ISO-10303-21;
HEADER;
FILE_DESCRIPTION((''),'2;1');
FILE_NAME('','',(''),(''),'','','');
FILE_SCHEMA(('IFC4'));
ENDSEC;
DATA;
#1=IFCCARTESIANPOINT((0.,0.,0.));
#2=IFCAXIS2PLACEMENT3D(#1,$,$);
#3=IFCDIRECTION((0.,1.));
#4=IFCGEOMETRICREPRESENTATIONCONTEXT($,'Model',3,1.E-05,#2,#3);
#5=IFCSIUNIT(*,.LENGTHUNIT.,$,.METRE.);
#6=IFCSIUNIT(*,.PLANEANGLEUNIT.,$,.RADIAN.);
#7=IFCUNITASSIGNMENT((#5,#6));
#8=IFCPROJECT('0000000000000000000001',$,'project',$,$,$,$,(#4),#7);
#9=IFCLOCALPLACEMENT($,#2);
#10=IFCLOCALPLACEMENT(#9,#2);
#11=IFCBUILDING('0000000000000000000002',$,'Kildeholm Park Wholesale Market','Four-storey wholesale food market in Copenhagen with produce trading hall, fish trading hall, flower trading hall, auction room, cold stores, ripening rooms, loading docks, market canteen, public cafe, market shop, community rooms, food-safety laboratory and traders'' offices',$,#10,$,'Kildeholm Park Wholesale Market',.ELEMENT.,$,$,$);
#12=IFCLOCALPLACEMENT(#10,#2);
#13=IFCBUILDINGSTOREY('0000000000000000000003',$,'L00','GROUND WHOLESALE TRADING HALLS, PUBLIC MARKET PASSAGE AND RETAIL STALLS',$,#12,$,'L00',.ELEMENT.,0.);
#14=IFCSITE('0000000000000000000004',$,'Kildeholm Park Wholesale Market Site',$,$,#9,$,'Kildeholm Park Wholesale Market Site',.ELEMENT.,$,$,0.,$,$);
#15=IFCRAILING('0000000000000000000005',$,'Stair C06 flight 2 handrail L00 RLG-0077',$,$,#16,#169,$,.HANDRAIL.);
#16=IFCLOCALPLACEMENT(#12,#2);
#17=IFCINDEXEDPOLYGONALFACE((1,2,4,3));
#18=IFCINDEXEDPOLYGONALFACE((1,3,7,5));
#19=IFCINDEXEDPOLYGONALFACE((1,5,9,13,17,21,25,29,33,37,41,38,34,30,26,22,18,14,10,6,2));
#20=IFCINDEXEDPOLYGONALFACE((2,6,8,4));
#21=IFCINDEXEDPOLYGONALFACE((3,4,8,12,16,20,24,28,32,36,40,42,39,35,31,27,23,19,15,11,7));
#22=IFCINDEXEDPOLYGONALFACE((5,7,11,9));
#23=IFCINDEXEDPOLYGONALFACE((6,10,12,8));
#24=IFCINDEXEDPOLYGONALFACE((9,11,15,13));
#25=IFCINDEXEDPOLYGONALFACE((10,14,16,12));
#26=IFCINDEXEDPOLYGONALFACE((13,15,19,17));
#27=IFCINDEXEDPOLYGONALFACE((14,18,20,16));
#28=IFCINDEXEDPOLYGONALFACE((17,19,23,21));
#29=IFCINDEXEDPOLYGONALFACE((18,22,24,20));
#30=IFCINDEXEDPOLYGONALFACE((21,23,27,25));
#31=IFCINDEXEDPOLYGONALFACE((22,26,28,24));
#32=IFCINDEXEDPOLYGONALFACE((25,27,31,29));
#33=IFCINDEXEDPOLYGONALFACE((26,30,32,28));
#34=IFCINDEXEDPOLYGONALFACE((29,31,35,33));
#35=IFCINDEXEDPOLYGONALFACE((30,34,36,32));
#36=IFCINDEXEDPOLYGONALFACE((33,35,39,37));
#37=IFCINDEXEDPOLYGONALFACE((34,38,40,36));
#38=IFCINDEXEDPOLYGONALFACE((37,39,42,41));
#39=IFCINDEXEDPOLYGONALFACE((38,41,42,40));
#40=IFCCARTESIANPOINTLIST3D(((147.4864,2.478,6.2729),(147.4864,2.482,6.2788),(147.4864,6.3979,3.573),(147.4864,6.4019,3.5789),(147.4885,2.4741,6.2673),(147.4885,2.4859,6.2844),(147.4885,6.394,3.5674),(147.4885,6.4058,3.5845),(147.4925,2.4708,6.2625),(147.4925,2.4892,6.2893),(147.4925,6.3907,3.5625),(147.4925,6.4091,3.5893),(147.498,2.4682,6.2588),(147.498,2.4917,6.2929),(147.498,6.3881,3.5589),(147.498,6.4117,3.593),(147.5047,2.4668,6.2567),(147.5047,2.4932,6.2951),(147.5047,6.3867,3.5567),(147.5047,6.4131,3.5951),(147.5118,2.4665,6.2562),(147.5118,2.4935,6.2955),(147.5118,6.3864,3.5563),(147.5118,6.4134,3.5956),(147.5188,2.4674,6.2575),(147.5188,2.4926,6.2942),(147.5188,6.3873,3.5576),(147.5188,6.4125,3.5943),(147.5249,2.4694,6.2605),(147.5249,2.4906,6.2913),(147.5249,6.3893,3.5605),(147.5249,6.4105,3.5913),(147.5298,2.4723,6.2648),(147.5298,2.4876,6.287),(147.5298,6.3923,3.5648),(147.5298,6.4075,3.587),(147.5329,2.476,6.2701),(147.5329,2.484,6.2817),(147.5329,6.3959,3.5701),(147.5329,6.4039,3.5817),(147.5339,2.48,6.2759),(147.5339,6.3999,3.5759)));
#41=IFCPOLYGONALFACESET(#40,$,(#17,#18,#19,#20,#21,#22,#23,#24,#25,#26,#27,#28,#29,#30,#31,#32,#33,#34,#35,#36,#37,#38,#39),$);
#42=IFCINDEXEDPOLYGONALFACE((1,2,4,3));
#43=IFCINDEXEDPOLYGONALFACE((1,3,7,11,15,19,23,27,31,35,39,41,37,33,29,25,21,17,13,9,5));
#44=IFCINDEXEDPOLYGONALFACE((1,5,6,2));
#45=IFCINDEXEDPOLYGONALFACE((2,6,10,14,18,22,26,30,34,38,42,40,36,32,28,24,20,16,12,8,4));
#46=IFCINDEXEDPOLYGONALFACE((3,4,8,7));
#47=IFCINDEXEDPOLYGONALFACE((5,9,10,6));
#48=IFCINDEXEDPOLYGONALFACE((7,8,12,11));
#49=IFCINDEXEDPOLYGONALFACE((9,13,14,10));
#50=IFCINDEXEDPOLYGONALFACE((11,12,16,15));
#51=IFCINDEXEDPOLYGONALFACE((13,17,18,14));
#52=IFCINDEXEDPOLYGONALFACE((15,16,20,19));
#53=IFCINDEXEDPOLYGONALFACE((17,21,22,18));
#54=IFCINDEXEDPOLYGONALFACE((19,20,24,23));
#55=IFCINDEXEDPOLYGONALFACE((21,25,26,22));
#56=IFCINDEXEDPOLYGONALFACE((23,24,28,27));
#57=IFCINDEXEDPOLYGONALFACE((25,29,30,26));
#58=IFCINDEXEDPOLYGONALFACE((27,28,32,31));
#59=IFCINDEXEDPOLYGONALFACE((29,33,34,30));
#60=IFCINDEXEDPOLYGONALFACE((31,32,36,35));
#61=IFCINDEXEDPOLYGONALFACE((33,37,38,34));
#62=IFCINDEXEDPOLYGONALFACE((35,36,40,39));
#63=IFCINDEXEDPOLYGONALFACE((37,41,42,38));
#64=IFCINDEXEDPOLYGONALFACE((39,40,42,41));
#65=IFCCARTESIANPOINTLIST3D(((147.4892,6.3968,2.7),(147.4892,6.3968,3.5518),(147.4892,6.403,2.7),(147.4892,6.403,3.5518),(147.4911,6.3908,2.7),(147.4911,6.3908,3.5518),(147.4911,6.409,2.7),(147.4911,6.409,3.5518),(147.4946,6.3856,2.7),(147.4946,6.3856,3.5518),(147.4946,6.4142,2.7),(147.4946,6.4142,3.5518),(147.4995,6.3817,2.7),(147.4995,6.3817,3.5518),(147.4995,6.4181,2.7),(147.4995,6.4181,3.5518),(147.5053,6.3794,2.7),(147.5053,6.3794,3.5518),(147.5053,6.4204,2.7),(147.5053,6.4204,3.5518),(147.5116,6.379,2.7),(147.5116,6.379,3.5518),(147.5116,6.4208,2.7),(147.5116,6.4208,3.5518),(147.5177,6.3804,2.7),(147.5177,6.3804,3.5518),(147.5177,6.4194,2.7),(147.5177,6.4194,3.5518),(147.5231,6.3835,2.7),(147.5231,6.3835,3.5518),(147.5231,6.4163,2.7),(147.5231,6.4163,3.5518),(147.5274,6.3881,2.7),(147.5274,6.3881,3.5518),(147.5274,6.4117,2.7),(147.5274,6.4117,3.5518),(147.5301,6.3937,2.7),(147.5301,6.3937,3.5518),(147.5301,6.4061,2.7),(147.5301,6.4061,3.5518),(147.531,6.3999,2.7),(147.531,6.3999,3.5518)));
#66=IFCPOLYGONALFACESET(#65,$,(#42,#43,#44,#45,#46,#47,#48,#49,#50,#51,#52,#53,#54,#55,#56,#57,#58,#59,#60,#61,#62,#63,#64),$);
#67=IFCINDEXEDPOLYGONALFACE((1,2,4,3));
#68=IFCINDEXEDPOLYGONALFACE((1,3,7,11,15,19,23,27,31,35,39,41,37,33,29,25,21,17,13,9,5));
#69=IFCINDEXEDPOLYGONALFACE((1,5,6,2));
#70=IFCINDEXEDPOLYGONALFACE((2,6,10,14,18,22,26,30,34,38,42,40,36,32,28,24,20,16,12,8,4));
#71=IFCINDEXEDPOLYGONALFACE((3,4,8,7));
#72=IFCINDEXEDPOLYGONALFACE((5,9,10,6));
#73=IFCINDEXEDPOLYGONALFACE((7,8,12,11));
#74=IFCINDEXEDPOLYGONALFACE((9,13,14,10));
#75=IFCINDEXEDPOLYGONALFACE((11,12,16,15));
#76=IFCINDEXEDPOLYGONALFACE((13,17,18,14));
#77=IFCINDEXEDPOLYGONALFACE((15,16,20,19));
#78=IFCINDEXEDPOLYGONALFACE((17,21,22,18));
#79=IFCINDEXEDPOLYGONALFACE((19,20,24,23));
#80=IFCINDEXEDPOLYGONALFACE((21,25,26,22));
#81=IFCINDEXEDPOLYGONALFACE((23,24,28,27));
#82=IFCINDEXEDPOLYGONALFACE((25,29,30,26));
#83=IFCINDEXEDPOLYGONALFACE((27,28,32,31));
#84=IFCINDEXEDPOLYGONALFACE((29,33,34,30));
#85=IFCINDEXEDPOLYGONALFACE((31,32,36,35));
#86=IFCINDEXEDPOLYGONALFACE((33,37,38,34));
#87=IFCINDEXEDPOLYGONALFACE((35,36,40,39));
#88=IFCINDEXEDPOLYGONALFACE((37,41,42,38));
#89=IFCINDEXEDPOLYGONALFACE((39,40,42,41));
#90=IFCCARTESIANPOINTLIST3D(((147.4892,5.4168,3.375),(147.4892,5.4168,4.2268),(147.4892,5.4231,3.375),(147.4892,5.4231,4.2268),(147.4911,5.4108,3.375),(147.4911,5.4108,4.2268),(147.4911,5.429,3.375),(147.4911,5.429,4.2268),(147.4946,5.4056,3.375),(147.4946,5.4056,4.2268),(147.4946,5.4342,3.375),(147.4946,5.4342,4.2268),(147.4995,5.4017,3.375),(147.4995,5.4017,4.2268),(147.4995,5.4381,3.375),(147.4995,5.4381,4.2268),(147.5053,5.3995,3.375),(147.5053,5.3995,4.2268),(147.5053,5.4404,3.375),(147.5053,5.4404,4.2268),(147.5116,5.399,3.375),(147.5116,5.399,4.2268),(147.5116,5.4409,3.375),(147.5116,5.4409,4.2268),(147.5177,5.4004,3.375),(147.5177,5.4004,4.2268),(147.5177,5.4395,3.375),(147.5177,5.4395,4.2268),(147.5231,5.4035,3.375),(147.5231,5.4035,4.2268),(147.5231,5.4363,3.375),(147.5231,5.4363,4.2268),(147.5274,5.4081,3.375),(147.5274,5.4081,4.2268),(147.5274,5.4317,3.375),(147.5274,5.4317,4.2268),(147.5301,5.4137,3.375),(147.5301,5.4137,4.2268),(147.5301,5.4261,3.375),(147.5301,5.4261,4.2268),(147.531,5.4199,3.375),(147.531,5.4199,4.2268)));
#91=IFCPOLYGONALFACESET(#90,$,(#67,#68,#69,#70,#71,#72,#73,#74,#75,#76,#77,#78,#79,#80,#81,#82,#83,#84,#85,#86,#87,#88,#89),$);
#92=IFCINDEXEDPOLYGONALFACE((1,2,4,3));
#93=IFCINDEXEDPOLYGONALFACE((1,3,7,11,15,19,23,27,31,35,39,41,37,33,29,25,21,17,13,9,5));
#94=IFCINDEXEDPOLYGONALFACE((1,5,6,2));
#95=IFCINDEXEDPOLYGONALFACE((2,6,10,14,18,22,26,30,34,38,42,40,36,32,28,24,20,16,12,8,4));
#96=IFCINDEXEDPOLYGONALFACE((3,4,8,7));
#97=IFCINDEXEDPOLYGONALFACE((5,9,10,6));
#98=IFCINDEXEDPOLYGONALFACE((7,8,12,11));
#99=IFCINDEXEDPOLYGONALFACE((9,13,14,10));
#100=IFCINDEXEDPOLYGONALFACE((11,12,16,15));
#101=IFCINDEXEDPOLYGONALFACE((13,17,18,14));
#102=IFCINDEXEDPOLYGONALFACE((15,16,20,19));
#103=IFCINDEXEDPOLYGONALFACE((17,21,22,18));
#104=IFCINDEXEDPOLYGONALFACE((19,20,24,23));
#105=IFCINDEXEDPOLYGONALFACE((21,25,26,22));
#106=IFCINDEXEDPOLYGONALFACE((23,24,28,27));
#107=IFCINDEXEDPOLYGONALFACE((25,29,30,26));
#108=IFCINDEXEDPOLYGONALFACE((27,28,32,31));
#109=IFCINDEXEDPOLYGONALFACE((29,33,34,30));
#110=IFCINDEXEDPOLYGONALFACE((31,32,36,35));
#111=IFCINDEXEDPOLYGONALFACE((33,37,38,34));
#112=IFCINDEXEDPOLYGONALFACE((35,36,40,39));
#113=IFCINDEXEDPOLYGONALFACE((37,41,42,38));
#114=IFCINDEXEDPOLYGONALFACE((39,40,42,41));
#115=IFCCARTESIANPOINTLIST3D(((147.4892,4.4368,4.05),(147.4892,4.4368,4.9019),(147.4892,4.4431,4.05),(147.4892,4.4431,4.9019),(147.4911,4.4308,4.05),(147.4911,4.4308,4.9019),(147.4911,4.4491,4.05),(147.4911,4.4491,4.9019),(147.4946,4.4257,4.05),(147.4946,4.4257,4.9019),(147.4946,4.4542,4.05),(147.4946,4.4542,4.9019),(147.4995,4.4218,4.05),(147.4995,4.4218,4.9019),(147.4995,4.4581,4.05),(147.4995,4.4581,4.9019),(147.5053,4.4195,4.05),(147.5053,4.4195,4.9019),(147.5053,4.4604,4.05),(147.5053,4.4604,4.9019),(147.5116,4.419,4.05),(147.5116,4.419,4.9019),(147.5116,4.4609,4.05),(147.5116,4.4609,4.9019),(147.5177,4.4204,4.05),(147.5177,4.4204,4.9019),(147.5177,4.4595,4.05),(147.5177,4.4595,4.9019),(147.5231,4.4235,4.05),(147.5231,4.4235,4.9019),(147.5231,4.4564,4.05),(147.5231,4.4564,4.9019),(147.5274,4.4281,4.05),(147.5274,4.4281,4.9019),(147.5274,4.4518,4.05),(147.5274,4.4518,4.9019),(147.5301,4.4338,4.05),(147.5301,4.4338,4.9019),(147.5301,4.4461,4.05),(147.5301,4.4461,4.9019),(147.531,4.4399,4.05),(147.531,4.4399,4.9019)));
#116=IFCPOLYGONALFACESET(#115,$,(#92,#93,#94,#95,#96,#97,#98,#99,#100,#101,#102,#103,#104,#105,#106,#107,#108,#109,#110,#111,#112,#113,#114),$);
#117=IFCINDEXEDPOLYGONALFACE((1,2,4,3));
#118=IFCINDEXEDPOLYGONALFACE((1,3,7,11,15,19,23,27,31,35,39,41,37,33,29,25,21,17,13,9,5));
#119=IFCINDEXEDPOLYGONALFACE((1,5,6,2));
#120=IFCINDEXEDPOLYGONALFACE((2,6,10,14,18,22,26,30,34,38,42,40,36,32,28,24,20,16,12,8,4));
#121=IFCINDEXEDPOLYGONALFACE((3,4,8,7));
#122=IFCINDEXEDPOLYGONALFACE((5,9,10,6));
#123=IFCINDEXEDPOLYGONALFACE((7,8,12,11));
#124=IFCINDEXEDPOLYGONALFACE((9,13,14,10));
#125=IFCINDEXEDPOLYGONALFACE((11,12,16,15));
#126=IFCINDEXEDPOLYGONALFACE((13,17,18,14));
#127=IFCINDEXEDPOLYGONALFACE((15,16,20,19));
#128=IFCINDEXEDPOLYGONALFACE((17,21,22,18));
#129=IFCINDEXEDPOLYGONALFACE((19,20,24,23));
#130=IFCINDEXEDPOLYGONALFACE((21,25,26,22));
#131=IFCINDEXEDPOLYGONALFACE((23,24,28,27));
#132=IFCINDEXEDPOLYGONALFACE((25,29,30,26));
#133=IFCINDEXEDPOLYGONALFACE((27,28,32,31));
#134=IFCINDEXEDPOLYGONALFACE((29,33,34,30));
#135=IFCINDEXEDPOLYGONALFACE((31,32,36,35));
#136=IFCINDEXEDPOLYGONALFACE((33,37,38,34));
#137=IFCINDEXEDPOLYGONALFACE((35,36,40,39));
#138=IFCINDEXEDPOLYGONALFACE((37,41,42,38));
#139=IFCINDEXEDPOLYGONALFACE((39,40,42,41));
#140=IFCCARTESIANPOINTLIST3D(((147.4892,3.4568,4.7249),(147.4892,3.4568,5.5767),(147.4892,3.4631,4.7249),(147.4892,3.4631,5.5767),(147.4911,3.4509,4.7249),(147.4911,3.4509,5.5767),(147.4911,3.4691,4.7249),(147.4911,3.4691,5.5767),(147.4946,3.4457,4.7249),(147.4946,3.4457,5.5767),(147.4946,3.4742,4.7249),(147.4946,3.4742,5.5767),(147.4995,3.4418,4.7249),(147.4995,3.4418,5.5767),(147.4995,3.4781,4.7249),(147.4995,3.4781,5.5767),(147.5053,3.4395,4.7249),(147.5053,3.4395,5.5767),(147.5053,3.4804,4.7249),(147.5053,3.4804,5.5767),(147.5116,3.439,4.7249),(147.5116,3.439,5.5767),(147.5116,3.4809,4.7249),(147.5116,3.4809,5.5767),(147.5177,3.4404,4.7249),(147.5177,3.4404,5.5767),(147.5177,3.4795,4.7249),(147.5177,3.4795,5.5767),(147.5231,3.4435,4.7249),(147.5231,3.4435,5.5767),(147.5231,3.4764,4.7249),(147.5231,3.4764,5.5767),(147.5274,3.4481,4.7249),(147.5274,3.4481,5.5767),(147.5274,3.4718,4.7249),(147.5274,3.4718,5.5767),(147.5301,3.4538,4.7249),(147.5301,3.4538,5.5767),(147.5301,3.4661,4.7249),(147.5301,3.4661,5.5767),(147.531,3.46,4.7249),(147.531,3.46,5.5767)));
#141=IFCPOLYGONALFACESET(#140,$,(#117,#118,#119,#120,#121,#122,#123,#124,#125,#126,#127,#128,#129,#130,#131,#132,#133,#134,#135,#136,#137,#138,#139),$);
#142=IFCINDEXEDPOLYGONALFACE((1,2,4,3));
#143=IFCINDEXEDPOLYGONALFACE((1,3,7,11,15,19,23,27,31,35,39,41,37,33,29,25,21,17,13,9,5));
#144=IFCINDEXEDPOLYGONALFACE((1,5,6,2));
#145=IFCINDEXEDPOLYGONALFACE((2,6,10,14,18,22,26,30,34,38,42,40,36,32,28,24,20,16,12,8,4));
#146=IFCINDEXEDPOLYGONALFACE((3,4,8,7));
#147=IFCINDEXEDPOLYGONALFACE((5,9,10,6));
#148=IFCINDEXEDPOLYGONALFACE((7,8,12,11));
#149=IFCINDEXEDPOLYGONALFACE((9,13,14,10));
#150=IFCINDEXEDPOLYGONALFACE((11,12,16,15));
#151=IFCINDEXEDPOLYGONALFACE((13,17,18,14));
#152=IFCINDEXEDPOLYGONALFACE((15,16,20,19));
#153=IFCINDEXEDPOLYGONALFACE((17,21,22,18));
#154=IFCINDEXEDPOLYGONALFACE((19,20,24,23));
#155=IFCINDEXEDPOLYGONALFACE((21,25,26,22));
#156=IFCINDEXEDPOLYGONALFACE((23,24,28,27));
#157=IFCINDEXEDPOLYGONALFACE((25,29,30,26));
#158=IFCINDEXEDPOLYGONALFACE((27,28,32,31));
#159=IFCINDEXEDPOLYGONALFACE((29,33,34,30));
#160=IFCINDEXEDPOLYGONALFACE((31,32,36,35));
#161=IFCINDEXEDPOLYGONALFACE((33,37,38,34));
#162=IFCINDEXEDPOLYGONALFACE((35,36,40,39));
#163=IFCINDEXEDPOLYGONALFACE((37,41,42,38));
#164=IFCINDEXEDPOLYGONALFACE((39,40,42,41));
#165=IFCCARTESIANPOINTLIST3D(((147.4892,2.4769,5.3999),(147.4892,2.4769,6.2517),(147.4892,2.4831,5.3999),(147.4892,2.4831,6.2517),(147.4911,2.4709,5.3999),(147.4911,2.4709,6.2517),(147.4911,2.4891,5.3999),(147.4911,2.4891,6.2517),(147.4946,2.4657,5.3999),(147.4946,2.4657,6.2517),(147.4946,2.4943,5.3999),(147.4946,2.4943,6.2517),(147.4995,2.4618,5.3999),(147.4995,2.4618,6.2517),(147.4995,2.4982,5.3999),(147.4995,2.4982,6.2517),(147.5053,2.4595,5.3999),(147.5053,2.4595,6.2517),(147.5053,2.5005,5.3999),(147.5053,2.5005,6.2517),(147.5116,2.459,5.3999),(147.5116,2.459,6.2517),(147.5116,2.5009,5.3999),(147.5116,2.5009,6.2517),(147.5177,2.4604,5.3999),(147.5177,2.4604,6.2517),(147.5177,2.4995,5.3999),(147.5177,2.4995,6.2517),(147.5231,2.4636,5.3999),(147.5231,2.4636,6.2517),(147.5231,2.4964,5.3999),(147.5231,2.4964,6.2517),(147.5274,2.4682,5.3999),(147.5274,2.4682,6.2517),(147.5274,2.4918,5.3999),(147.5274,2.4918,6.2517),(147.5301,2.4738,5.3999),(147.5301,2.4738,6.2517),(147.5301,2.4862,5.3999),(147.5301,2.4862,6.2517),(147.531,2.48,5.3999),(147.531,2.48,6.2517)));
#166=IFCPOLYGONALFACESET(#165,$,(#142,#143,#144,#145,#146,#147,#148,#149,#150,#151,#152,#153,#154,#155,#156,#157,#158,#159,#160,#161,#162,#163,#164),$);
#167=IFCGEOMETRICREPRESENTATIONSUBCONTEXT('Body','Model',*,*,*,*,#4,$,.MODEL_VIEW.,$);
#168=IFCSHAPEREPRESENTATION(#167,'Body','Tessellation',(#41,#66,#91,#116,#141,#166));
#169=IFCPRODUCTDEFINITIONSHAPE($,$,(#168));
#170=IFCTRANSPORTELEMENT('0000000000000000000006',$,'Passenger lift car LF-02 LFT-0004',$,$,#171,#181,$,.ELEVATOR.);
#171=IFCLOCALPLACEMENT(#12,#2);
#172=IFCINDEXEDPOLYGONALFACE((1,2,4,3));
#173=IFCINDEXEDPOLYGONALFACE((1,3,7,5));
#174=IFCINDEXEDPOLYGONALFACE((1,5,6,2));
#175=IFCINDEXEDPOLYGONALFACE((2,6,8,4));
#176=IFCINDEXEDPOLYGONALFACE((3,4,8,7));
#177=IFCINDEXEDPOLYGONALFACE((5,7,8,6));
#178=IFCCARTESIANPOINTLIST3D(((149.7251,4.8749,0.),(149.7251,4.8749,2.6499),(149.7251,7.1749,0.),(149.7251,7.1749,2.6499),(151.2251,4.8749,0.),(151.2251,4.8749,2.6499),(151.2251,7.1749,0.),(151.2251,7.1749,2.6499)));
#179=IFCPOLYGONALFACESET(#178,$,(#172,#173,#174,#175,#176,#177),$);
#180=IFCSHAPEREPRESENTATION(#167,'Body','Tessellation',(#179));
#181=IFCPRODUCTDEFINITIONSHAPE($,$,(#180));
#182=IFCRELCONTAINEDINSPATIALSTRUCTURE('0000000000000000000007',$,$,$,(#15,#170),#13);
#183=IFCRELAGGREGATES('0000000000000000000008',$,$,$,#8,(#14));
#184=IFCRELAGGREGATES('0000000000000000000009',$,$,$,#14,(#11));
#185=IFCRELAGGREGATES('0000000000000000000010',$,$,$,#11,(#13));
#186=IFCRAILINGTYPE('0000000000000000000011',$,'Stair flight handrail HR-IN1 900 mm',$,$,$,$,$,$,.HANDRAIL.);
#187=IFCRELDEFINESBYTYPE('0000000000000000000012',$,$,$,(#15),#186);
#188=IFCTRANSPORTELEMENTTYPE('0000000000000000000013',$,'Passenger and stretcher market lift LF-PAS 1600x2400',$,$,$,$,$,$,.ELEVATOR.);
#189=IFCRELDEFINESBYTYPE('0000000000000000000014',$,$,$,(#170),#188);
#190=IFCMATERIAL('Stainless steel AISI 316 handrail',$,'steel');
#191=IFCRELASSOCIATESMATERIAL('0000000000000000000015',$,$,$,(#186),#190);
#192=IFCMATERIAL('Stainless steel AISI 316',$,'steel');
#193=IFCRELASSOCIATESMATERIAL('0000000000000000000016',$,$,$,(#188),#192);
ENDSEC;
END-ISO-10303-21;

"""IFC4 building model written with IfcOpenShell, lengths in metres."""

from ifc_helpers import new_model, si_unit, direction, frame, origin, origin_2d, place, context, subcontext, project, spatial, rectangle, circle, extrude, material, type_object, element, save


model = new_model("IFC4")

# Units and contexts
model_context = context("Model", 3, precision=1e-05, world=origin(), true_north=direction((0.0, 1.0)))
body_context = subcontext(model_context, "Body", "Model", "MODEL_VIEW")
ifc_project = project(units=[si_unit("LENGTHUNIT", "METRE"), si_unit("PLANEANGLEUNIT", "RADIAN")], contexts=[model_context])

# Site, building, storey
site_placement = place(None, origin())
site = spatial("IfcSite", under=ifc_project, at=site_placement, Name="Kildeholm Park Wholesale Market Site", LongName="Kildeholm Park Wholesale Market Site", CompositionType="ELEMENT", RefElevation=0.0)
building_placement = place(site_placement, origin())
building = spatial("IfcBuilding", under=site, at=building_placement, Name="Kildeholm Park Wholesale Market", Description="Four-storey wholesale food market in Copenhagen with produce trading hall, fish trading hall, flower trading hall, auction room, cold stores, ripening rooms, loading docks, market canteen, public cafe, market shop, community rooms, food-safety laboratory and traders' offices", LongName="Kildeholm Park Wholesale Market", CompositionType="ELEMENT")
storey_placement = place(building_placement, origin())
storey = spatial("IfcBuildingStorey", under=building, at=storey_placement, Name="L00", Description="GROUND WHOLESALE TRADING HALLS, PUBLIC MARKET PASSAGE AND RETAIL STALLS", LongName="L00", CompositionType="ELEMENT", Elevation=0.0)

# Railing
ifc_material_1 = material(Name="Stainless steel AISI 316 handrail", Category="steel")
railing_type_1 = type_object("IfcRailingType", Name="Stair flight handrail HR-IN1 900 mm", PredefinedType="HANDRAIL", material=ifc_material_1)
railing_1_placement = place(storey_placement, frame((147.51, 6.3999, 2.7)))
element("IfcRailing", 1, at=railing_1_placement, inside=storey, type_object=railing_type_1, Name="Stair C06 flight 2 handrail L00 RLG-0077", PredefinedType="HANDRAIL", context=body_context, shape_type="SweptSolid", body=[
    extrude(circle(Radius=0.0239, at=origin_2d()), frame((0.0, 0.0, 0.876), z_axis=(0.0, -0.823551, 0.567243), x_axis=(1.0, 0.0, 0.0)), (0.0, 0.0, 1.0), 4.7598),
    extrude(circle(Radius=0.021, at=origin_2d()), origin(), (0.0, 0.0, 1.0), 0.8518),
    extrude(circle(Radius=0.021, at=origin_2d()), frame((0.0, -0.98, 0.675)), (0.0, 0.0, 1.0), 0.8518),
    extrude(circle(Radius=0.021, at=origin_2d()), frame((0.0, -1.96, 1.3501)), (0.0, 0.0, 1.0), 0.8518),
    extrude(circle(Radius=0.021, at=origin_2d()), frame((0.0, -2.9399, 2.0249)), (0.0, 0.0, 1.0), 0.8518),
    extrude(circle(Radius=0.021, at=origin_2d()), frame((0.0, -3.9199, 2.7)), (0.0, 0.0, 1.0), 0.8518),
])

# Transport element
ifc_material_2 = material(Name="Stainless steel AISI 316", Category="steel")
transport_element_type = type_object("IfcTransportElementType", Name="Passenger and stretcher market lift LF-PAS 1600x2400", PredefinedType="ELEVATOR", material=ifc_material_2)
transport_element_placement = place(storey_placement, frame((150.4751, 6.0249, 0.0), z_axis=(0.0, 0.0, 1.0), x_axis=(1.0, 0.0, 0.0)))
element("IfcTransportElement", 2, at=transport_element_placement, inside=storey, type_object=transport_element_type, Name="Passenger lift car LF-02 LFT-0004", PredefinedType="ELEVATOR", context=body_context, shape_type="SweptSolid", body=[
    extrude(rectangle(XDim=1.5, YDim=2.3, at=origin_2d()), origin(), (0.0, 0.0, 1.0), 2.6499),
])

save(model, "model.ifc")
